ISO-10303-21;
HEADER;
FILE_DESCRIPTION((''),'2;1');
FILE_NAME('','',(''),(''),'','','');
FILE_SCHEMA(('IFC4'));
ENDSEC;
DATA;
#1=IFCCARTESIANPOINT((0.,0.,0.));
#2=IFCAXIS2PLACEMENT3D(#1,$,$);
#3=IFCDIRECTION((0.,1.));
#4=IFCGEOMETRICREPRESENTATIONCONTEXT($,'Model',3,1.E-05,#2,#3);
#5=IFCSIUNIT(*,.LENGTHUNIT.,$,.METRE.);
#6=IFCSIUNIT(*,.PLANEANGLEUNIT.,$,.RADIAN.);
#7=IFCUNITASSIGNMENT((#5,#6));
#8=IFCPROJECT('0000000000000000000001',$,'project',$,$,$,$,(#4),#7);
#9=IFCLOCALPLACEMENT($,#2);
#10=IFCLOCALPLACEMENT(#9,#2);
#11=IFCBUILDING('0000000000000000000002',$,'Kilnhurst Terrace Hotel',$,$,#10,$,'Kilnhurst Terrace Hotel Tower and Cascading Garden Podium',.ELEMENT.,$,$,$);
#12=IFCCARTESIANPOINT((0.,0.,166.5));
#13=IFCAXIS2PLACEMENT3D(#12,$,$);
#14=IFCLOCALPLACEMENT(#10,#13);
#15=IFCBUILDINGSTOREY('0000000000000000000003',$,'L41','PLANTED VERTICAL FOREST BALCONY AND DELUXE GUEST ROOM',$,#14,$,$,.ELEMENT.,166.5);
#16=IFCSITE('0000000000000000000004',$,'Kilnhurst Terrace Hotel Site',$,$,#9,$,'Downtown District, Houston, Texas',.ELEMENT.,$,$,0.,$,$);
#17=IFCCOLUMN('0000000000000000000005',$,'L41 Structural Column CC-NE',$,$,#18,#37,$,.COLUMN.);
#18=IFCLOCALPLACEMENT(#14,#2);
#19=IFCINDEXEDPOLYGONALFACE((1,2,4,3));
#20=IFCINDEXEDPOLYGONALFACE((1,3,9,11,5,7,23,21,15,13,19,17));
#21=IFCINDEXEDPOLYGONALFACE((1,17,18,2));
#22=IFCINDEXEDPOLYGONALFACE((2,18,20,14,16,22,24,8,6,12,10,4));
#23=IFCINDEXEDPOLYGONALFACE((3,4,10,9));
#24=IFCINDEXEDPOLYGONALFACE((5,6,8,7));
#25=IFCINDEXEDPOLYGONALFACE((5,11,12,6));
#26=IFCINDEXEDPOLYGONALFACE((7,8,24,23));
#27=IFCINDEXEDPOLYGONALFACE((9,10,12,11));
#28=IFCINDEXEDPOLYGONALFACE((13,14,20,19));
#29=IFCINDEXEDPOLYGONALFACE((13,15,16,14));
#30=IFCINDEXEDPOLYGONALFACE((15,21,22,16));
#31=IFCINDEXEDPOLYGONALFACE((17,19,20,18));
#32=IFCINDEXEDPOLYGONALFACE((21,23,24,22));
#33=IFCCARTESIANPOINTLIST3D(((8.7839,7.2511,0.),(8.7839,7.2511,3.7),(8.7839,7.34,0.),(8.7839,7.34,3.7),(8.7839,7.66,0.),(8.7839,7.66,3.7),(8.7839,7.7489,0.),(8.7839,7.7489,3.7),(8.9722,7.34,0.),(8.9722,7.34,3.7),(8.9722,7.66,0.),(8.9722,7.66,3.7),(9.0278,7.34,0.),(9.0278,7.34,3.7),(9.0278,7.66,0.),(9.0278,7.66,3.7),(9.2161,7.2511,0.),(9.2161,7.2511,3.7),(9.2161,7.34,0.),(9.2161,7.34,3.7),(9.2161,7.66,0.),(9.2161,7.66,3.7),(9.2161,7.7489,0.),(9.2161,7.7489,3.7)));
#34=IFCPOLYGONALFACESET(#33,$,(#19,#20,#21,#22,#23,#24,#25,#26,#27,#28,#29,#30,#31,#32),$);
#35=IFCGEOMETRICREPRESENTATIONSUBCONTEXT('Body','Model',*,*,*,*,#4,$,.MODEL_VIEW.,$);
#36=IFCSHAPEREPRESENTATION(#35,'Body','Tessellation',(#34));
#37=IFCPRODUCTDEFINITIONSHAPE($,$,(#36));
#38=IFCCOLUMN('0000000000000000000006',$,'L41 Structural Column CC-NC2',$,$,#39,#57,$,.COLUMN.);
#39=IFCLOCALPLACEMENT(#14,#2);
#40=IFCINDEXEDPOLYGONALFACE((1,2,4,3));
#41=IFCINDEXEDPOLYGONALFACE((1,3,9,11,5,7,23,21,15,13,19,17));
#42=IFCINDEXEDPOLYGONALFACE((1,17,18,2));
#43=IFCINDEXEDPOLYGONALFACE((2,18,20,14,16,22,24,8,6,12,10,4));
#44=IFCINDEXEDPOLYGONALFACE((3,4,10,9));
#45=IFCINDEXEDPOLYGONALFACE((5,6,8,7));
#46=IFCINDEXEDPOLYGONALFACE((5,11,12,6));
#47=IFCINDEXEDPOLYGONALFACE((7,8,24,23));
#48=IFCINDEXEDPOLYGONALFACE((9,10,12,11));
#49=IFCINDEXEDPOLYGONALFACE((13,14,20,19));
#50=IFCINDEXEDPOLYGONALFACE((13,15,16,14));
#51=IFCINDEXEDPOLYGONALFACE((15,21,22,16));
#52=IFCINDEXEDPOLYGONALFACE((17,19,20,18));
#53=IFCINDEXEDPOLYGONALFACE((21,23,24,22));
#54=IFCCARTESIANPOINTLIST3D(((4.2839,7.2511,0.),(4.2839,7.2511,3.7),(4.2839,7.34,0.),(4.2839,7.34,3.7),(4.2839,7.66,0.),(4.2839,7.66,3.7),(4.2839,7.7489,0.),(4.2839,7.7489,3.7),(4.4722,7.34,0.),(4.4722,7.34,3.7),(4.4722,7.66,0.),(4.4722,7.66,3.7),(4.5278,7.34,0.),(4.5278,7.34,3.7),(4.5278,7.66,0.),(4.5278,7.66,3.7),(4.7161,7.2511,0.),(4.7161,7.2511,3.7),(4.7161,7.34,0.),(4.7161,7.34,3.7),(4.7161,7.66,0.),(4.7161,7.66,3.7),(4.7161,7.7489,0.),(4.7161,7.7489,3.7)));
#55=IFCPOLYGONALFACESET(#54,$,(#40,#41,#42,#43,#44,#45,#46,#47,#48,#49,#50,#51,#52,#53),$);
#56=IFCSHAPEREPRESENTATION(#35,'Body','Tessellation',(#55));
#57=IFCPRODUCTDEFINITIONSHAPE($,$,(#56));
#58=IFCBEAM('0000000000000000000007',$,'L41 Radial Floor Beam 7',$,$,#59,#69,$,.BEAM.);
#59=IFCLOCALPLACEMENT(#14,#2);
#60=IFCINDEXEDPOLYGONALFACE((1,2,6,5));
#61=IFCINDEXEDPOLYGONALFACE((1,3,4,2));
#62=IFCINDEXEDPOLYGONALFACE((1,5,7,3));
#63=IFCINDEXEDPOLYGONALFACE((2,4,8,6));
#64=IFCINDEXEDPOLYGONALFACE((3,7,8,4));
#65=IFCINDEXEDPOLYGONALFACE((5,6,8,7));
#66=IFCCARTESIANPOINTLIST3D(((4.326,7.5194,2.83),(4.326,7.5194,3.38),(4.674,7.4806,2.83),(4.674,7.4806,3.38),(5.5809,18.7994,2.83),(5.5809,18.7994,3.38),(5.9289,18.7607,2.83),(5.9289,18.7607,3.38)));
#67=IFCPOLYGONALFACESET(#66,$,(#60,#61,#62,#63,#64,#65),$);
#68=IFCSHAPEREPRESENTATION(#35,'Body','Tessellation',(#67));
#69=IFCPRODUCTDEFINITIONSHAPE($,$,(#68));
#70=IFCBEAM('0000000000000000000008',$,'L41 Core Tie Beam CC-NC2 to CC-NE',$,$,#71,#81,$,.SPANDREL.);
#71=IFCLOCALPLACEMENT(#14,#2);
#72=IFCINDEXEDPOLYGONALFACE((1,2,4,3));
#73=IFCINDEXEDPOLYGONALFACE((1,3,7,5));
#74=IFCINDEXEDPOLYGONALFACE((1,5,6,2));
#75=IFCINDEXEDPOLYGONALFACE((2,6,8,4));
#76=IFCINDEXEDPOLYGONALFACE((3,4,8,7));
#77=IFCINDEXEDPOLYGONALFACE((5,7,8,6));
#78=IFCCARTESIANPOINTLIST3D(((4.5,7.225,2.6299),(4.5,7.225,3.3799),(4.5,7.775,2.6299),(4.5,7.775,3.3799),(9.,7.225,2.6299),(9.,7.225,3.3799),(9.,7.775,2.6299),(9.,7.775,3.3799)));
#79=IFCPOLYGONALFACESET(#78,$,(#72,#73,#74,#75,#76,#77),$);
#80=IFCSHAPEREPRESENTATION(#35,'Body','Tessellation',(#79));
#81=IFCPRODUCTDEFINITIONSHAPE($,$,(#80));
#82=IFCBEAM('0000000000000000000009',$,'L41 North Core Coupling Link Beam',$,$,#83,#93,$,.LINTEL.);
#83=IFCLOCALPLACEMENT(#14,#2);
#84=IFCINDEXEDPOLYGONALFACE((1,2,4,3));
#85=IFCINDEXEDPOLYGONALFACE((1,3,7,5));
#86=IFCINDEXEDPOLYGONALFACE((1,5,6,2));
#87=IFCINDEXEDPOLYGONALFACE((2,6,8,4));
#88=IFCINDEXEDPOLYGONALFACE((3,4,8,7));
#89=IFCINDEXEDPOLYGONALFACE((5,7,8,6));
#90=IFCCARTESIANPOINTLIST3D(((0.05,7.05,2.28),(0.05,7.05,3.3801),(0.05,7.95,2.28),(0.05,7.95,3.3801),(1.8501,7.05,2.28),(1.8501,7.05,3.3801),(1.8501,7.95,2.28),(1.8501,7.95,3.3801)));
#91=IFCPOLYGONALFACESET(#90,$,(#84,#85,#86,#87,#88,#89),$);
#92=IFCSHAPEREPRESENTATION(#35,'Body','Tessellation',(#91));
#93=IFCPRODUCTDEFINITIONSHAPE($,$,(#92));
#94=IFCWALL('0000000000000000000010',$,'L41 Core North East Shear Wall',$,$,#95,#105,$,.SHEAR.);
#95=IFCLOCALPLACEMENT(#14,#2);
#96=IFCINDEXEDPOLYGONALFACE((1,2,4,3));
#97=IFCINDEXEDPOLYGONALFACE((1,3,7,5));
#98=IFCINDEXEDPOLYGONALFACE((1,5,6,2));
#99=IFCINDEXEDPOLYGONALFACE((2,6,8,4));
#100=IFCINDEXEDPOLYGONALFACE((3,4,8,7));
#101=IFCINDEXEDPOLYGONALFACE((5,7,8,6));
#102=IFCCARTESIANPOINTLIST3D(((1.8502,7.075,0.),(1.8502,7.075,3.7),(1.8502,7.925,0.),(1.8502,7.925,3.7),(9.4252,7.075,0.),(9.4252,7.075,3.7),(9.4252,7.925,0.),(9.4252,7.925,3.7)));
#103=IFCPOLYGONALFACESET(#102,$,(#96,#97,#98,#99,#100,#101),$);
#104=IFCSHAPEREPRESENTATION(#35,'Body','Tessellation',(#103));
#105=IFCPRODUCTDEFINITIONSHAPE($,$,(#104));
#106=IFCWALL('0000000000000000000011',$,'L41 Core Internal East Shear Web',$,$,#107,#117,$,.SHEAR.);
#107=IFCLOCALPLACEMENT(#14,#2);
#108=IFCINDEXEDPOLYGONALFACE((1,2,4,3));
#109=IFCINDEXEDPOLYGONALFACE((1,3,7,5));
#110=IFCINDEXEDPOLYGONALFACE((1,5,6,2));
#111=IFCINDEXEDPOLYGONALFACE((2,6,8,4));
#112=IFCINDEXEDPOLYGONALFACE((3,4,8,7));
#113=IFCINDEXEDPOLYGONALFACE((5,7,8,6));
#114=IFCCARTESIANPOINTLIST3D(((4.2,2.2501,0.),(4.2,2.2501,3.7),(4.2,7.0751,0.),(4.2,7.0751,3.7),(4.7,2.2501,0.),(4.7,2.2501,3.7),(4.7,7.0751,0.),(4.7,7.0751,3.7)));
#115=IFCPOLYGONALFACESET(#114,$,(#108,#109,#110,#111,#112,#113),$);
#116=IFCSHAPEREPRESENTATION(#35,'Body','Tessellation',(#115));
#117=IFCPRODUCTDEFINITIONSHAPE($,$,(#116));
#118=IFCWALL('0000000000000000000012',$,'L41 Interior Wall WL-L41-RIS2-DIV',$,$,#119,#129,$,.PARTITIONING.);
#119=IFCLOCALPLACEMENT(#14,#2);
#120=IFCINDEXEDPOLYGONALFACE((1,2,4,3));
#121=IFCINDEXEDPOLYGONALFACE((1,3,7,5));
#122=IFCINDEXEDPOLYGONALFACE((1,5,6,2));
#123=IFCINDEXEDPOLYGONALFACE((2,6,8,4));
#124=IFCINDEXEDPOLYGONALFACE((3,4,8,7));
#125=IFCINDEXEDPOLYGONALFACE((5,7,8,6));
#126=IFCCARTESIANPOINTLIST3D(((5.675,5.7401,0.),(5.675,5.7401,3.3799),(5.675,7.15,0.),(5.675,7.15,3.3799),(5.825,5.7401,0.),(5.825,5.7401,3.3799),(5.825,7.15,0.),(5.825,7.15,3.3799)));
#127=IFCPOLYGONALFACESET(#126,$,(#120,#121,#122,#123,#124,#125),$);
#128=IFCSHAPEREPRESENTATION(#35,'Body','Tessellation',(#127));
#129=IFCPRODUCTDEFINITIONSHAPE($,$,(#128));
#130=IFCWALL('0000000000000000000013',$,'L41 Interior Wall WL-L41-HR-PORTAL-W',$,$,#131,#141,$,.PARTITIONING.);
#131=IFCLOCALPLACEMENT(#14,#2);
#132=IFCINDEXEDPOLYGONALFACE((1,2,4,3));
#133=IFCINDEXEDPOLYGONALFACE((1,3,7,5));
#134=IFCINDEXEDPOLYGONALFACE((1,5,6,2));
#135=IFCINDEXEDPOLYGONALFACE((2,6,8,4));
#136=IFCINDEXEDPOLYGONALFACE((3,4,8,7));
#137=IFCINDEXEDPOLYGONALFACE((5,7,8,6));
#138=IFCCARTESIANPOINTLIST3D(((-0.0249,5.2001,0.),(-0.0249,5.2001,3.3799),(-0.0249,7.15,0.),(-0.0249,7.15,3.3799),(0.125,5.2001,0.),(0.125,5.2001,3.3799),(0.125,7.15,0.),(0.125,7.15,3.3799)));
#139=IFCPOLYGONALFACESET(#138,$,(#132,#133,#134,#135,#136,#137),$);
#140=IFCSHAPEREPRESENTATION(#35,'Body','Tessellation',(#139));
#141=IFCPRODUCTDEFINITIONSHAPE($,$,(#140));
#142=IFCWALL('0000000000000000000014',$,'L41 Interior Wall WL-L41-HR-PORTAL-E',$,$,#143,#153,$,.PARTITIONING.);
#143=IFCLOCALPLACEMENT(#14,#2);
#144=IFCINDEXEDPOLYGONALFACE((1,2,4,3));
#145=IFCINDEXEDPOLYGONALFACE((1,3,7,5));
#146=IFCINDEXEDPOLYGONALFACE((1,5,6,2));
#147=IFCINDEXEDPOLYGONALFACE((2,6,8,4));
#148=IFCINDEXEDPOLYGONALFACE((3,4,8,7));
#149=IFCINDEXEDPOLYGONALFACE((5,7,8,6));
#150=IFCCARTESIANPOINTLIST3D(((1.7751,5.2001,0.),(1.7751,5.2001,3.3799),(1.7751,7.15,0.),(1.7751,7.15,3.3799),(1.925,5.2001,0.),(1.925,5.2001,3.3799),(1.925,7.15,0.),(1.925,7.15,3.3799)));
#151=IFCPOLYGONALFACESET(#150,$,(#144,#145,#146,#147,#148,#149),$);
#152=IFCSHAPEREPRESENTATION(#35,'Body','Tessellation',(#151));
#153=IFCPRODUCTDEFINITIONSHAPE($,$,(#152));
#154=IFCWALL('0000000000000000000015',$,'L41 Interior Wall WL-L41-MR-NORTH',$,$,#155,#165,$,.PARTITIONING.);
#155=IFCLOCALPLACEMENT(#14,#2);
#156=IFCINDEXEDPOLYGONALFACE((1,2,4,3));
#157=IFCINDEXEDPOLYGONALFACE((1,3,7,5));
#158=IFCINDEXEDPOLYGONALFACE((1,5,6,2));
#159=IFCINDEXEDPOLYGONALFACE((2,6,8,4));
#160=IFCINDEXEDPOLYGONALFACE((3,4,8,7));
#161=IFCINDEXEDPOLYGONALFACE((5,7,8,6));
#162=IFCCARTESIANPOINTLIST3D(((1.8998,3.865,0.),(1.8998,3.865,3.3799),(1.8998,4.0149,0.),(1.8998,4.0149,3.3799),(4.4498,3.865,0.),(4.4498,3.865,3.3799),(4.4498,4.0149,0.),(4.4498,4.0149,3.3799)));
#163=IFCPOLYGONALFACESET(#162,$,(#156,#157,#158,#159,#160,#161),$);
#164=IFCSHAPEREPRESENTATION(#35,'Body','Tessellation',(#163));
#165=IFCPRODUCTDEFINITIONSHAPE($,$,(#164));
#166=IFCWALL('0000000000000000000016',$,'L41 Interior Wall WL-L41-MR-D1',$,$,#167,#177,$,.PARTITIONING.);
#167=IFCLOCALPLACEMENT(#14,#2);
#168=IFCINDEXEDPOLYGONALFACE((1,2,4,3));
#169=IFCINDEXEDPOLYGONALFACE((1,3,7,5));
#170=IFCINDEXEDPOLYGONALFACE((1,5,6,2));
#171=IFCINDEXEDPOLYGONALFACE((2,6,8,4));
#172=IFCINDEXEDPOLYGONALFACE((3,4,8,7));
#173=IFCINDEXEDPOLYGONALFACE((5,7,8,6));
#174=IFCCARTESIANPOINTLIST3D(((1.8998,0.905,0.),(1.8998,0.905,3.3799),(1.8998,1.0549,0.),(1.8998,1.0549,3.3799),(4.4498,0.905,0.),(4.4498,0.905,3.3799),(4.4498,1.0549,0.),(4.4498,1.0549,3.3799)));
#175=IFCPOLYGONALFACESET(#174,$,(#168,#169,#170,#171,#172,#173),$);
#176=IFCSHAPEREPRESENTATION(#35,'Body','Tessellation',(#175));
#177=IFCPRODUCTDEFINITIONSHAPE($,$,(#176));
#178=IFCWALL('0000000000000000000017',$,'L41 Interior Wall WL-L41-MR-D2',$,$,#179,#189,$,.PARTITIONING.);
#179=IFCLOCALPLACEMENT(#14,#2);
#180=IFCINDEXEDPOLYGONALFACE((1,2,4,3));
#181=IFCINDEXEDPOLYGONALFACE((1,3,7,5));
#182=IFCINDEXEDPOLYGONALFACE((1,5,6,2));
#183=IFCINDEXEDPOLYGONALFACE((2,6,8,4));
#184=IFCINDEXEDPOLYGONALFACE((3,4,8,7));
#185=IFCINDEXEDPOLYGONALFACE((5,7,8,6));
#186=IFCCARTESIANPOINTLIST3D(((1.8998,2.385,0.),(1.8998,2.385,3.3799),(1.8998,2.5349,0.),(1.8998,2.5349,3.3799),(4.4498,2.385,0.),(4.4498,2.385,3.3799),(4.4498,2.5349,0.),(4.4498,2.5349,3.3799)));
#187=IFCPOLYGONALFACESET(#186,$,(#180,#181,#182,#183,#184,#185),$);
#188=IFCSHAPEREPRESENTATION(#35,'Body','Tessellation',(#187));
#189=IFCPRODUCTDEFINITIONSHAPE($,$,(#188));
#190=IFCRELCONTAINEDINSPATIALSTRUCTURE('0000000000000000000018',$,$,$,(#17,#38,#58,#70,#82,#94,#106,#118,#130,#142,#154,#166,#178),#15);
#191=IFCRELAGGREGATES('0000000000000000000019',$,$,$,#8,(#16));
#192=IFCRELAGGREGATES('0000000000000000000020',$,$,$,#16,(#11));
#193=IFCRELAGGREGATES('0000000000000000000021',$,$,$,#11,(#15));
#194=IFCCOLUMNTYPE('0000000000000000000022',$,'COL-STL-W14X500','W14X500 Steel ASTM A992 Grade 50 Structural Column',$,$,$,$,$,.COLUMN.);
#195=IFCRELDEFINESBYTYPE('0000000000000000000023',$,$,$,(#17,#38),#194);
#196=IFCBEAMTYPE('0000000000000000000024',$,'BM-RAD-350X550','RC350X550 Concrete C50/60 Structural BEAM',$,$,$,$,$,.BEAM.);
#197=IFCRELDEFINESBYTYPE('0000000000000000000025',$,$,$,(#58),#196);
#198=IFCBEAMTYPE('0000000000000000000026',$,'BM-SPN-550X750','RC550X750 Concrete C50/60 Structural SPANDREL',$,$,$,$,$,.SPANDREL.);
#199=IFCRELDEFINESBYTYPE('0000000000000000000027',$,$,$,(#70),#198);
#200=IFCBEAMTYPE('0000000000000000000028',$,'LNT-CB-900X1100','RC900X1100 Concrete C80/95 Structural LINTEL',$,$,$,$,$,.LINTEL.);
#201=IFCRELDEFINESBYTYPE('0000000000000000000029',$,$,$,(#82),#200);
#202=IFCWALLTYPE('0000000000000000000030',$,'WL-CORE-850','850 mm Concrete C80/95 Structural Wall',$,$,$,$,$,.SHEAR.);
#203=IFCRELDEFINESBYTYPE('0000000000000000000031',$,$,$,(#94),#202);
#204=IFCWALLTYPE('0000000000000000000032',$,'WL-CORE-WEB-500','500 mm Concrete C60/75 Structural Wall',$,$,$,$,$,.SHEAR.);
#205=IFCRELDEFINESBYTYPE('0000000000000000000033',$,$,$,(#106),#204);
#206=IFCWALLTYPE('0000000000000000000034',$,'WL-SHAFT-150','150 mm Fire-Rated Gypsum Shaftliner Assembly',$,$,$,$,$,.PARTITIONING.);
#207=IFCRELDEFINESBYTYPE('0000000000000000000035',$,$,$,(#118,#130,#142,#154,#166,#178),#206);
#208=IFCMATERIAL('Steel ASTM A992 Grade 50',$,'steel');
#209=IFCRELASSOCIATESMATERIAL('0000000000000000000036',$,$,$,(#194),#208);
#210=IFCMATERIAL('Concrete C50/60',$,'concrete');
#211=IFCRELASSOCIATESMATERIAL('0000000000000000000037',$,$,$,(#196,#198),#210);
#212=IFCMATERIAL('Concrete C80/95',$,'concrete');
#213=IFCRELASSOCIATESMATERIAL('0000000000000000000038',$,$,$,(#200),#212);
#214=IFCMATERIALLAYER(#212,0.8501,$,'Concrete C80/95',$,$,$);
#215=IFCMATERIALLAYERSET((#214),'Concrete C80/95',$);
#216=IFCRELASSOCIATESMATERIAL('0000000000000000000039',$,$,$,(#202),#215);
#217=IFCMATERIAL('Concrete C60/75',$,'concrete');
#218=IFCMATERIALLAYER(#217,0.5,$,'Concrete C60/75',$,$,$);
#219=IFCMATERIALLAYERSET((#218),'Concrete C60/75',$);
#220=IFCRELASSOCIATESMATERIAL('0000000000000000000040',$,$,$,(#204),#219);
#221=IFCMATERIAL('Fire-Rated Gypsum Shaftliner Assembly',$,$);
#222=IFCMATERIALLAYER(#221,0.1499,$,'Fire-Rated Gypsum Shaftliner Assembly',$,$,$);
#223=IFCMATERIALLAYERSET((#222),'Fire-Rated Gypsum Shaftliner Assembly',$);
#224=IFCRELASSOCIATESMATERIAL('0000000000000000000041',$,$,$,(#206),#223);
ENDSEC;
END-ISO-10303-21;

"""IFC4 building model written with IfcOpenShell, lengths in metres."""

from ifc_helpers import new_model, si_unit, direction, frame, frame_2d, origin, origin_2d, place, context, subcontext, project, spatial, rectangle, i_section, extrude, material, layer, layer_set, material_profile, profile_set, type_object, element, save


model = new_model("IFC4")

# Units and contexts
model_context = context("Model", 3, precision=1e-05, world=origin(), true_north=direction((0.0, 1.0)))
body_context = subcontext(model_context, "Body", "Model", "MODEL_VIEW")
ifc_project = project(units=[si_unit("LENGTHUNIT", "METRE"), si_unit("PLANEANGLEUNIT", "RADIAN")], contexts=[model_context])

# Site, building, storey
site_placement = place(None, origin())
site = spatial("IfcSite", under=ifc_project, at=site_placement, Name="Kilnhurst Terrace Hotel Site", LongName="Downtown District, Houston, Texas", CompositionType="ELEMENT", RefElevation=0.0)
building_placement = place(site_placement, origin())
building = spatial("IfcBuilding", under=site, at=building_placement, Name="Kilnhurst Terrace Hotel", LongName="Kilnhurst Terrace Hotel Tower and Cascading Garden Podium", CompositionType="ELEMENT")
storey_placement = place(building_placement, frame((0.0, 0.0, 166.5)))
storey = spatial("IfcBuildingStorey", under=building, at=storey_placement, Name="L41", Description="PLANTED VERTICAL FOREST BALCONY AND DELUXE GUEST ROOM", CompositionType="ELEMENT", Elevation=166.5)

# Columns
ifc_material_1 = material(Name="Steel ASTM A992 Grade 50", Category="steel")
ifc_material_profile_1 = material_profile(ifc_material_1, i_section(OverallWidth=0.4321, OverallDepth=0.4978, WebThickness=0.0557, FlangeThickness=0.0889, at=origin_2d()), Name="W14X500")
ifc_profile_set_1 = profile_set([ifc_material_profile_1], Name="Steel ASTM A992 Grade 50")
column_type = type_object("IfcColumnType", Name="COL-STL-W14X500", Description="W14X500 Steel ASTM A992 Grade 50 Structural Column", PredefinedType="COLUMN", material=ifc_profile_set_1)
for number, where, z_axis, x_axis, name in (
    (1, (9.0, 7.5, 0.0), (0.0, 0.0, 1.0), (1.0, 0.0, 0.0), "L41 Structural Column CC-NE"),
    (2, (4.5, 7.5, 0.0), (0.0, 0.0, 1.0), (1.0, 0.0, 0.0), "L41 Structural Column CC-NC2"),
):
    element("IfcColumn", number, at=place(storey_placement, frame(where, z_axis=z_axis, x_axis=x_axis)), inside=storey, type_object=column_type, Name=name, PredefinedType="COLUMN", context=body_context, shape_type="SweptSolid", body=[
        extrude(i_section(OverallWidth=0.4321, OverallDepth=0.4978, WebThickness=0.0557, FlangeThickness=0.0889, at=origin_2d()), origin(), (0.0, 0.0, 1.0), 3.7),
    ])

# Beams
ifc_material_2 = material(Name="Concrete C50/60", Category="concrete")
ifc_material_profile_2 = material_profile(ifc_material_2, rectangle(XDim=0.3501, YDim=0.55, at=origin_2d()), Name="RC350X550")
ifc_profile_set_2 = profile_set([ifc_material_profile_2], Name="Concrete C50/60")
beam_type_1 = type_object("IfcBeamType", Name="BM-RAD-350X550", Description="RC350X550 Concrete C50/60 Structural BEAM", PredefinedType="BEAM", material=ifc_profile_set_2)
beam_1_placement = place(storey_placement, frame((4.5, 7.5, 3.105), z_axis=(0.110566, 0.993869, 0.0), x_axis=(-0.993869, 0.110566, 0.0)))
element("IfcBeam", 3, at=beam_1_placement, inside=storey, type_object=beam_type_1, Name="L41 Radial Floor Beam 7", PredefinedType="BEAM", context=body_context, shape_type="SweptSolid", body=[
    extrude(rectangle(XDim=0.3501, YDim=0.55, at=origin_2d()), origin(), (0.0, 0.0, 1.0), 11.3496),
])
ifc_material_profile_3 = material_profile(ifc_material_2, rectangle(XDim=0.55, YDim=0.75, at=origin_2d()), Name="RC550X750")
ifc_profile_set_3 = profile_set([ifc_material_profile_3], Name="Concrete C50/60")
beam_type_2 = type_object("IfcBeamType", Name="BM-SPN-550X750", Description="RC550X750 Concrete C50/60 Structural SPANDREL", PredefinedType="SPANDREL", material=ifc_profile_set_3)
beam_2_placement = place(storey_placement, frame((4.5, 7.5, 3.0049), z_axis=(1.0, 0.0, 0.0), x_axis=(0.0, 1.0, 0.0)))
element("IfcBeam", 4, at=beam_2_placement, inside=storey, type_object=beam_type_2, Name="L41 Core Tie Beam CC-NC2 to CC-NE", PredefinedType="SPANDREL", context=body_context, shape_type="SweptSolid", body=[
    extrude(rectangle(XDim=0.55, YDim=0.75, at=origin_2d()), origin(), (0.0, 0.0, 1.0), 4.5),
])
ifc_material_3 = material(Name="Concrete C80/95", Category="concrete")
ifc_material_profile_4 = material_profile(ifc_material_3, rectangle(XDim=0.8999, YDim=1.1001, at=origin_2d()), Name="RC900X1100")
ifc_profile_set_4 = profile_set([ifc_material_profile_4], Name="Concrete C80/95")
beam_type_3 = type_object("IfcBeamType", Name="LNT-CB-900X1100", Description="RC900X1100 Concrete C80/95 Structural LINTEL", PredefinedType="LINTEL", material=ifc_profile_set_4)
beam_3_placement = place(storey_placement, frame((0.05, 7.5, 2.8301), z_axis=(1.0, 0.0, 0.0), x_axis=(0.0, 1.0, 0.0)))
element("IfcBeam", 5, at=beam_3_placement, inside=storey, type_object=beam_type_3, Name="L41 North Core Coupling Link Beam", PredefinedType="LINTEL", context=body_context, shape_type="SweptSolid", body=[
    extrude(rectangle(XDim=0.8999, YDim=1.1001, at=origin_2d()), origin(), (0.0, 0.0, 1.0), 1.8),
])

# Walls
ifc_layer_1 = layer(ifc_material_3, 0.8501, Name="Concrete C80/95")
ifc_layer_set_1 = layer_set([ifc_layer_1], Name="Concrete C80/95")
wall_type_1 = type_object("IfcWallType", Name="WL-CORE-850", Description="850 mm Concrete C80/95 Structural Wall", PredefinedType="SHEAR", material=ifc_layer_set_1)
wall_1_placement = place(storey_placement, frame((1.8501, 7.5, 0.0), z_axis=(0.0, 0.0, 1.0), x_axis=(1.0, 0.0, 0.0)))
element("IfcWall", 6, at=wall_1_placement, inside=storey, type_object=wall_type_1, Name="L41 Core North East Shear Wall", PredefinedType="SHEAR", context=body_context, shape_type="SweptSolid", body=[
    extrude(rectangle(XDim=7.575, YDim=0.8501, at=frame_2d((3.7876, 0.0))), origin(), (0.0, 0.0, 1.0), 3.7),
])
ifc_material_4 = material(Name="Concrete C60/75", Category="concrete")
ifc_layer_2 = layer(ifc_material_4, 0.5, Name="Concrete C60/75")
ifc_layer_set_2 = layer_set([ifc_layer_2], Name="Concrete C60/75")
wall_type_2 = type_object("IfcWallType", Name="WL-CORE-WEB-500", Description="500 mm Concrete C60/75 Structural Wall", PredefinedType="SHEAR", material=ifc_layer_set_2)
wall_2_placement = place(storey_placement, frame((4.45, 2.25, 0.0), z_axis=(0.0, 0.0, 1.0), x_axis=(0.0, 1.0, 0.0)))
element("IfcWall", 7, at=wall_2_placement, inside=storey, type_object=wall_type_2, Name="L41 Core Internal East Shear Web", PredefinedType="SHEAR", context=body_context, shape_type="SweptSolid", body=[
    extrude(rectangle(XDim=4.825, YDim=0.5, at=frame_2d((2.4126, 0.0))), origin(), (0.0, 0.0, 1.0), 3.7),
])
ifc_material_5 = material(Name="Fire-Rated Gypsum Shaftliner Assembly")
ifc_layer_3 = layer(ifc_material_5, 0.1499, Name="Fire-Rated Gypsum Shaftliner Assembly")
ifc_layer_set_3 = layer_set([ifc_layer_3], Name="Fire-Rated Gypsum Shaftliner Assembly")
wall_type_3 = type_object("IfcWallType", Name="WL-SHAFT-150", Description="150 mm Fire-Rated Gypsum Shaftliner Assembly", PredefinedType="PARTITIONING", material=ifc_layer_set_3)
wall_3_placement = place(storey_placement, frame((5.75, 5.74, 0.0), z_axis=(0.0, 0.0, 1.0), x_axis=(0.0, 1.0, 0.0)))
element("IfcWall", 8, at=wall_3_placement, inside=storey, type_object=wall_type_3, Name="L41 Interior Wall WL-L41-RIS2-DIV", PredefinedType="PARTITIONING", context=body_context, shape_type="SweptSolid", body=[
    extrude(rectangle(XDim=1.4099, YDim=0.1499, at=frame_2d((0.7051, 0.0))), origin(), (0.0, 0.0, 1.0), 3.3799),
])
for number, where, z_axis, x_axis, name in (
    (9, (0.05, 5.2, 0.0), (0.0, 0.0, 1.0), (0.0, 1.0, 0.0), "L41 Interior Wall WL-L41-HR-PORTAL-W"),
    (10, (1.8501, 5.2, 0.0), (0.0, 0.0, 1.0), (0.0, 1.0, 0.0), "L41 Interior Wall WL-L41-HR-PORTAL-E"),
):
    element("IfcWall", number, at=place(storey_placement, frame(where, z_axis=z_axis, x_axis=x_axis)), inside=storey, type_object=wall_type_3, Name=name, PredefinedType="PARTITIONING", context=body_context, shape_type="SweptSolid", body=[
        extrude(rectangle(XDim=1.95, YDim=0.1499, at=frame_2d((0.9751, 0.0))), origin(), (0.0, 0.0, 1.0), 3.3799),
    ])
for number, where, z_axis, x_axis, name in (
    (11, (1.8999, 3.9399, 0.0), (0.0, 0.0, 1.0), (1.0, 0.0, 0.0), "L41 Interior Wall WL-L41-MR-NORTH"),
    (12, (1.8999, 0.98, 0.0), (0.0, 0.0, 1.0), (1.0, 0.0, 0.0), "L41 Interior Wall WL-L41-MR-D1"),
    (13, (1.8999, 2.46, 0.0), (0.0, 0.0, 1.0), (1.0, 0.0, 0.0), "L41 Interior Wall WL-L41-MR-D2"),
):
    element("IfcWall", number, at=place(storey_placement, frame(where, z_axis=z_axis, x_axis=x_axis)), inside=storey, type_object=wall_type_3, Name=name, PredefinedType="PARTITIONING", context=body_context, shape_type="SweptSolid", body=[
        extrude(rectangle(XDim=2.55, YDim=0.1499, at=frame_2d((1.2749, 0.0))), origin(), (0.0, 0.0, 1.0), 3.3799),
    ])

save(model, "model.ifc")
